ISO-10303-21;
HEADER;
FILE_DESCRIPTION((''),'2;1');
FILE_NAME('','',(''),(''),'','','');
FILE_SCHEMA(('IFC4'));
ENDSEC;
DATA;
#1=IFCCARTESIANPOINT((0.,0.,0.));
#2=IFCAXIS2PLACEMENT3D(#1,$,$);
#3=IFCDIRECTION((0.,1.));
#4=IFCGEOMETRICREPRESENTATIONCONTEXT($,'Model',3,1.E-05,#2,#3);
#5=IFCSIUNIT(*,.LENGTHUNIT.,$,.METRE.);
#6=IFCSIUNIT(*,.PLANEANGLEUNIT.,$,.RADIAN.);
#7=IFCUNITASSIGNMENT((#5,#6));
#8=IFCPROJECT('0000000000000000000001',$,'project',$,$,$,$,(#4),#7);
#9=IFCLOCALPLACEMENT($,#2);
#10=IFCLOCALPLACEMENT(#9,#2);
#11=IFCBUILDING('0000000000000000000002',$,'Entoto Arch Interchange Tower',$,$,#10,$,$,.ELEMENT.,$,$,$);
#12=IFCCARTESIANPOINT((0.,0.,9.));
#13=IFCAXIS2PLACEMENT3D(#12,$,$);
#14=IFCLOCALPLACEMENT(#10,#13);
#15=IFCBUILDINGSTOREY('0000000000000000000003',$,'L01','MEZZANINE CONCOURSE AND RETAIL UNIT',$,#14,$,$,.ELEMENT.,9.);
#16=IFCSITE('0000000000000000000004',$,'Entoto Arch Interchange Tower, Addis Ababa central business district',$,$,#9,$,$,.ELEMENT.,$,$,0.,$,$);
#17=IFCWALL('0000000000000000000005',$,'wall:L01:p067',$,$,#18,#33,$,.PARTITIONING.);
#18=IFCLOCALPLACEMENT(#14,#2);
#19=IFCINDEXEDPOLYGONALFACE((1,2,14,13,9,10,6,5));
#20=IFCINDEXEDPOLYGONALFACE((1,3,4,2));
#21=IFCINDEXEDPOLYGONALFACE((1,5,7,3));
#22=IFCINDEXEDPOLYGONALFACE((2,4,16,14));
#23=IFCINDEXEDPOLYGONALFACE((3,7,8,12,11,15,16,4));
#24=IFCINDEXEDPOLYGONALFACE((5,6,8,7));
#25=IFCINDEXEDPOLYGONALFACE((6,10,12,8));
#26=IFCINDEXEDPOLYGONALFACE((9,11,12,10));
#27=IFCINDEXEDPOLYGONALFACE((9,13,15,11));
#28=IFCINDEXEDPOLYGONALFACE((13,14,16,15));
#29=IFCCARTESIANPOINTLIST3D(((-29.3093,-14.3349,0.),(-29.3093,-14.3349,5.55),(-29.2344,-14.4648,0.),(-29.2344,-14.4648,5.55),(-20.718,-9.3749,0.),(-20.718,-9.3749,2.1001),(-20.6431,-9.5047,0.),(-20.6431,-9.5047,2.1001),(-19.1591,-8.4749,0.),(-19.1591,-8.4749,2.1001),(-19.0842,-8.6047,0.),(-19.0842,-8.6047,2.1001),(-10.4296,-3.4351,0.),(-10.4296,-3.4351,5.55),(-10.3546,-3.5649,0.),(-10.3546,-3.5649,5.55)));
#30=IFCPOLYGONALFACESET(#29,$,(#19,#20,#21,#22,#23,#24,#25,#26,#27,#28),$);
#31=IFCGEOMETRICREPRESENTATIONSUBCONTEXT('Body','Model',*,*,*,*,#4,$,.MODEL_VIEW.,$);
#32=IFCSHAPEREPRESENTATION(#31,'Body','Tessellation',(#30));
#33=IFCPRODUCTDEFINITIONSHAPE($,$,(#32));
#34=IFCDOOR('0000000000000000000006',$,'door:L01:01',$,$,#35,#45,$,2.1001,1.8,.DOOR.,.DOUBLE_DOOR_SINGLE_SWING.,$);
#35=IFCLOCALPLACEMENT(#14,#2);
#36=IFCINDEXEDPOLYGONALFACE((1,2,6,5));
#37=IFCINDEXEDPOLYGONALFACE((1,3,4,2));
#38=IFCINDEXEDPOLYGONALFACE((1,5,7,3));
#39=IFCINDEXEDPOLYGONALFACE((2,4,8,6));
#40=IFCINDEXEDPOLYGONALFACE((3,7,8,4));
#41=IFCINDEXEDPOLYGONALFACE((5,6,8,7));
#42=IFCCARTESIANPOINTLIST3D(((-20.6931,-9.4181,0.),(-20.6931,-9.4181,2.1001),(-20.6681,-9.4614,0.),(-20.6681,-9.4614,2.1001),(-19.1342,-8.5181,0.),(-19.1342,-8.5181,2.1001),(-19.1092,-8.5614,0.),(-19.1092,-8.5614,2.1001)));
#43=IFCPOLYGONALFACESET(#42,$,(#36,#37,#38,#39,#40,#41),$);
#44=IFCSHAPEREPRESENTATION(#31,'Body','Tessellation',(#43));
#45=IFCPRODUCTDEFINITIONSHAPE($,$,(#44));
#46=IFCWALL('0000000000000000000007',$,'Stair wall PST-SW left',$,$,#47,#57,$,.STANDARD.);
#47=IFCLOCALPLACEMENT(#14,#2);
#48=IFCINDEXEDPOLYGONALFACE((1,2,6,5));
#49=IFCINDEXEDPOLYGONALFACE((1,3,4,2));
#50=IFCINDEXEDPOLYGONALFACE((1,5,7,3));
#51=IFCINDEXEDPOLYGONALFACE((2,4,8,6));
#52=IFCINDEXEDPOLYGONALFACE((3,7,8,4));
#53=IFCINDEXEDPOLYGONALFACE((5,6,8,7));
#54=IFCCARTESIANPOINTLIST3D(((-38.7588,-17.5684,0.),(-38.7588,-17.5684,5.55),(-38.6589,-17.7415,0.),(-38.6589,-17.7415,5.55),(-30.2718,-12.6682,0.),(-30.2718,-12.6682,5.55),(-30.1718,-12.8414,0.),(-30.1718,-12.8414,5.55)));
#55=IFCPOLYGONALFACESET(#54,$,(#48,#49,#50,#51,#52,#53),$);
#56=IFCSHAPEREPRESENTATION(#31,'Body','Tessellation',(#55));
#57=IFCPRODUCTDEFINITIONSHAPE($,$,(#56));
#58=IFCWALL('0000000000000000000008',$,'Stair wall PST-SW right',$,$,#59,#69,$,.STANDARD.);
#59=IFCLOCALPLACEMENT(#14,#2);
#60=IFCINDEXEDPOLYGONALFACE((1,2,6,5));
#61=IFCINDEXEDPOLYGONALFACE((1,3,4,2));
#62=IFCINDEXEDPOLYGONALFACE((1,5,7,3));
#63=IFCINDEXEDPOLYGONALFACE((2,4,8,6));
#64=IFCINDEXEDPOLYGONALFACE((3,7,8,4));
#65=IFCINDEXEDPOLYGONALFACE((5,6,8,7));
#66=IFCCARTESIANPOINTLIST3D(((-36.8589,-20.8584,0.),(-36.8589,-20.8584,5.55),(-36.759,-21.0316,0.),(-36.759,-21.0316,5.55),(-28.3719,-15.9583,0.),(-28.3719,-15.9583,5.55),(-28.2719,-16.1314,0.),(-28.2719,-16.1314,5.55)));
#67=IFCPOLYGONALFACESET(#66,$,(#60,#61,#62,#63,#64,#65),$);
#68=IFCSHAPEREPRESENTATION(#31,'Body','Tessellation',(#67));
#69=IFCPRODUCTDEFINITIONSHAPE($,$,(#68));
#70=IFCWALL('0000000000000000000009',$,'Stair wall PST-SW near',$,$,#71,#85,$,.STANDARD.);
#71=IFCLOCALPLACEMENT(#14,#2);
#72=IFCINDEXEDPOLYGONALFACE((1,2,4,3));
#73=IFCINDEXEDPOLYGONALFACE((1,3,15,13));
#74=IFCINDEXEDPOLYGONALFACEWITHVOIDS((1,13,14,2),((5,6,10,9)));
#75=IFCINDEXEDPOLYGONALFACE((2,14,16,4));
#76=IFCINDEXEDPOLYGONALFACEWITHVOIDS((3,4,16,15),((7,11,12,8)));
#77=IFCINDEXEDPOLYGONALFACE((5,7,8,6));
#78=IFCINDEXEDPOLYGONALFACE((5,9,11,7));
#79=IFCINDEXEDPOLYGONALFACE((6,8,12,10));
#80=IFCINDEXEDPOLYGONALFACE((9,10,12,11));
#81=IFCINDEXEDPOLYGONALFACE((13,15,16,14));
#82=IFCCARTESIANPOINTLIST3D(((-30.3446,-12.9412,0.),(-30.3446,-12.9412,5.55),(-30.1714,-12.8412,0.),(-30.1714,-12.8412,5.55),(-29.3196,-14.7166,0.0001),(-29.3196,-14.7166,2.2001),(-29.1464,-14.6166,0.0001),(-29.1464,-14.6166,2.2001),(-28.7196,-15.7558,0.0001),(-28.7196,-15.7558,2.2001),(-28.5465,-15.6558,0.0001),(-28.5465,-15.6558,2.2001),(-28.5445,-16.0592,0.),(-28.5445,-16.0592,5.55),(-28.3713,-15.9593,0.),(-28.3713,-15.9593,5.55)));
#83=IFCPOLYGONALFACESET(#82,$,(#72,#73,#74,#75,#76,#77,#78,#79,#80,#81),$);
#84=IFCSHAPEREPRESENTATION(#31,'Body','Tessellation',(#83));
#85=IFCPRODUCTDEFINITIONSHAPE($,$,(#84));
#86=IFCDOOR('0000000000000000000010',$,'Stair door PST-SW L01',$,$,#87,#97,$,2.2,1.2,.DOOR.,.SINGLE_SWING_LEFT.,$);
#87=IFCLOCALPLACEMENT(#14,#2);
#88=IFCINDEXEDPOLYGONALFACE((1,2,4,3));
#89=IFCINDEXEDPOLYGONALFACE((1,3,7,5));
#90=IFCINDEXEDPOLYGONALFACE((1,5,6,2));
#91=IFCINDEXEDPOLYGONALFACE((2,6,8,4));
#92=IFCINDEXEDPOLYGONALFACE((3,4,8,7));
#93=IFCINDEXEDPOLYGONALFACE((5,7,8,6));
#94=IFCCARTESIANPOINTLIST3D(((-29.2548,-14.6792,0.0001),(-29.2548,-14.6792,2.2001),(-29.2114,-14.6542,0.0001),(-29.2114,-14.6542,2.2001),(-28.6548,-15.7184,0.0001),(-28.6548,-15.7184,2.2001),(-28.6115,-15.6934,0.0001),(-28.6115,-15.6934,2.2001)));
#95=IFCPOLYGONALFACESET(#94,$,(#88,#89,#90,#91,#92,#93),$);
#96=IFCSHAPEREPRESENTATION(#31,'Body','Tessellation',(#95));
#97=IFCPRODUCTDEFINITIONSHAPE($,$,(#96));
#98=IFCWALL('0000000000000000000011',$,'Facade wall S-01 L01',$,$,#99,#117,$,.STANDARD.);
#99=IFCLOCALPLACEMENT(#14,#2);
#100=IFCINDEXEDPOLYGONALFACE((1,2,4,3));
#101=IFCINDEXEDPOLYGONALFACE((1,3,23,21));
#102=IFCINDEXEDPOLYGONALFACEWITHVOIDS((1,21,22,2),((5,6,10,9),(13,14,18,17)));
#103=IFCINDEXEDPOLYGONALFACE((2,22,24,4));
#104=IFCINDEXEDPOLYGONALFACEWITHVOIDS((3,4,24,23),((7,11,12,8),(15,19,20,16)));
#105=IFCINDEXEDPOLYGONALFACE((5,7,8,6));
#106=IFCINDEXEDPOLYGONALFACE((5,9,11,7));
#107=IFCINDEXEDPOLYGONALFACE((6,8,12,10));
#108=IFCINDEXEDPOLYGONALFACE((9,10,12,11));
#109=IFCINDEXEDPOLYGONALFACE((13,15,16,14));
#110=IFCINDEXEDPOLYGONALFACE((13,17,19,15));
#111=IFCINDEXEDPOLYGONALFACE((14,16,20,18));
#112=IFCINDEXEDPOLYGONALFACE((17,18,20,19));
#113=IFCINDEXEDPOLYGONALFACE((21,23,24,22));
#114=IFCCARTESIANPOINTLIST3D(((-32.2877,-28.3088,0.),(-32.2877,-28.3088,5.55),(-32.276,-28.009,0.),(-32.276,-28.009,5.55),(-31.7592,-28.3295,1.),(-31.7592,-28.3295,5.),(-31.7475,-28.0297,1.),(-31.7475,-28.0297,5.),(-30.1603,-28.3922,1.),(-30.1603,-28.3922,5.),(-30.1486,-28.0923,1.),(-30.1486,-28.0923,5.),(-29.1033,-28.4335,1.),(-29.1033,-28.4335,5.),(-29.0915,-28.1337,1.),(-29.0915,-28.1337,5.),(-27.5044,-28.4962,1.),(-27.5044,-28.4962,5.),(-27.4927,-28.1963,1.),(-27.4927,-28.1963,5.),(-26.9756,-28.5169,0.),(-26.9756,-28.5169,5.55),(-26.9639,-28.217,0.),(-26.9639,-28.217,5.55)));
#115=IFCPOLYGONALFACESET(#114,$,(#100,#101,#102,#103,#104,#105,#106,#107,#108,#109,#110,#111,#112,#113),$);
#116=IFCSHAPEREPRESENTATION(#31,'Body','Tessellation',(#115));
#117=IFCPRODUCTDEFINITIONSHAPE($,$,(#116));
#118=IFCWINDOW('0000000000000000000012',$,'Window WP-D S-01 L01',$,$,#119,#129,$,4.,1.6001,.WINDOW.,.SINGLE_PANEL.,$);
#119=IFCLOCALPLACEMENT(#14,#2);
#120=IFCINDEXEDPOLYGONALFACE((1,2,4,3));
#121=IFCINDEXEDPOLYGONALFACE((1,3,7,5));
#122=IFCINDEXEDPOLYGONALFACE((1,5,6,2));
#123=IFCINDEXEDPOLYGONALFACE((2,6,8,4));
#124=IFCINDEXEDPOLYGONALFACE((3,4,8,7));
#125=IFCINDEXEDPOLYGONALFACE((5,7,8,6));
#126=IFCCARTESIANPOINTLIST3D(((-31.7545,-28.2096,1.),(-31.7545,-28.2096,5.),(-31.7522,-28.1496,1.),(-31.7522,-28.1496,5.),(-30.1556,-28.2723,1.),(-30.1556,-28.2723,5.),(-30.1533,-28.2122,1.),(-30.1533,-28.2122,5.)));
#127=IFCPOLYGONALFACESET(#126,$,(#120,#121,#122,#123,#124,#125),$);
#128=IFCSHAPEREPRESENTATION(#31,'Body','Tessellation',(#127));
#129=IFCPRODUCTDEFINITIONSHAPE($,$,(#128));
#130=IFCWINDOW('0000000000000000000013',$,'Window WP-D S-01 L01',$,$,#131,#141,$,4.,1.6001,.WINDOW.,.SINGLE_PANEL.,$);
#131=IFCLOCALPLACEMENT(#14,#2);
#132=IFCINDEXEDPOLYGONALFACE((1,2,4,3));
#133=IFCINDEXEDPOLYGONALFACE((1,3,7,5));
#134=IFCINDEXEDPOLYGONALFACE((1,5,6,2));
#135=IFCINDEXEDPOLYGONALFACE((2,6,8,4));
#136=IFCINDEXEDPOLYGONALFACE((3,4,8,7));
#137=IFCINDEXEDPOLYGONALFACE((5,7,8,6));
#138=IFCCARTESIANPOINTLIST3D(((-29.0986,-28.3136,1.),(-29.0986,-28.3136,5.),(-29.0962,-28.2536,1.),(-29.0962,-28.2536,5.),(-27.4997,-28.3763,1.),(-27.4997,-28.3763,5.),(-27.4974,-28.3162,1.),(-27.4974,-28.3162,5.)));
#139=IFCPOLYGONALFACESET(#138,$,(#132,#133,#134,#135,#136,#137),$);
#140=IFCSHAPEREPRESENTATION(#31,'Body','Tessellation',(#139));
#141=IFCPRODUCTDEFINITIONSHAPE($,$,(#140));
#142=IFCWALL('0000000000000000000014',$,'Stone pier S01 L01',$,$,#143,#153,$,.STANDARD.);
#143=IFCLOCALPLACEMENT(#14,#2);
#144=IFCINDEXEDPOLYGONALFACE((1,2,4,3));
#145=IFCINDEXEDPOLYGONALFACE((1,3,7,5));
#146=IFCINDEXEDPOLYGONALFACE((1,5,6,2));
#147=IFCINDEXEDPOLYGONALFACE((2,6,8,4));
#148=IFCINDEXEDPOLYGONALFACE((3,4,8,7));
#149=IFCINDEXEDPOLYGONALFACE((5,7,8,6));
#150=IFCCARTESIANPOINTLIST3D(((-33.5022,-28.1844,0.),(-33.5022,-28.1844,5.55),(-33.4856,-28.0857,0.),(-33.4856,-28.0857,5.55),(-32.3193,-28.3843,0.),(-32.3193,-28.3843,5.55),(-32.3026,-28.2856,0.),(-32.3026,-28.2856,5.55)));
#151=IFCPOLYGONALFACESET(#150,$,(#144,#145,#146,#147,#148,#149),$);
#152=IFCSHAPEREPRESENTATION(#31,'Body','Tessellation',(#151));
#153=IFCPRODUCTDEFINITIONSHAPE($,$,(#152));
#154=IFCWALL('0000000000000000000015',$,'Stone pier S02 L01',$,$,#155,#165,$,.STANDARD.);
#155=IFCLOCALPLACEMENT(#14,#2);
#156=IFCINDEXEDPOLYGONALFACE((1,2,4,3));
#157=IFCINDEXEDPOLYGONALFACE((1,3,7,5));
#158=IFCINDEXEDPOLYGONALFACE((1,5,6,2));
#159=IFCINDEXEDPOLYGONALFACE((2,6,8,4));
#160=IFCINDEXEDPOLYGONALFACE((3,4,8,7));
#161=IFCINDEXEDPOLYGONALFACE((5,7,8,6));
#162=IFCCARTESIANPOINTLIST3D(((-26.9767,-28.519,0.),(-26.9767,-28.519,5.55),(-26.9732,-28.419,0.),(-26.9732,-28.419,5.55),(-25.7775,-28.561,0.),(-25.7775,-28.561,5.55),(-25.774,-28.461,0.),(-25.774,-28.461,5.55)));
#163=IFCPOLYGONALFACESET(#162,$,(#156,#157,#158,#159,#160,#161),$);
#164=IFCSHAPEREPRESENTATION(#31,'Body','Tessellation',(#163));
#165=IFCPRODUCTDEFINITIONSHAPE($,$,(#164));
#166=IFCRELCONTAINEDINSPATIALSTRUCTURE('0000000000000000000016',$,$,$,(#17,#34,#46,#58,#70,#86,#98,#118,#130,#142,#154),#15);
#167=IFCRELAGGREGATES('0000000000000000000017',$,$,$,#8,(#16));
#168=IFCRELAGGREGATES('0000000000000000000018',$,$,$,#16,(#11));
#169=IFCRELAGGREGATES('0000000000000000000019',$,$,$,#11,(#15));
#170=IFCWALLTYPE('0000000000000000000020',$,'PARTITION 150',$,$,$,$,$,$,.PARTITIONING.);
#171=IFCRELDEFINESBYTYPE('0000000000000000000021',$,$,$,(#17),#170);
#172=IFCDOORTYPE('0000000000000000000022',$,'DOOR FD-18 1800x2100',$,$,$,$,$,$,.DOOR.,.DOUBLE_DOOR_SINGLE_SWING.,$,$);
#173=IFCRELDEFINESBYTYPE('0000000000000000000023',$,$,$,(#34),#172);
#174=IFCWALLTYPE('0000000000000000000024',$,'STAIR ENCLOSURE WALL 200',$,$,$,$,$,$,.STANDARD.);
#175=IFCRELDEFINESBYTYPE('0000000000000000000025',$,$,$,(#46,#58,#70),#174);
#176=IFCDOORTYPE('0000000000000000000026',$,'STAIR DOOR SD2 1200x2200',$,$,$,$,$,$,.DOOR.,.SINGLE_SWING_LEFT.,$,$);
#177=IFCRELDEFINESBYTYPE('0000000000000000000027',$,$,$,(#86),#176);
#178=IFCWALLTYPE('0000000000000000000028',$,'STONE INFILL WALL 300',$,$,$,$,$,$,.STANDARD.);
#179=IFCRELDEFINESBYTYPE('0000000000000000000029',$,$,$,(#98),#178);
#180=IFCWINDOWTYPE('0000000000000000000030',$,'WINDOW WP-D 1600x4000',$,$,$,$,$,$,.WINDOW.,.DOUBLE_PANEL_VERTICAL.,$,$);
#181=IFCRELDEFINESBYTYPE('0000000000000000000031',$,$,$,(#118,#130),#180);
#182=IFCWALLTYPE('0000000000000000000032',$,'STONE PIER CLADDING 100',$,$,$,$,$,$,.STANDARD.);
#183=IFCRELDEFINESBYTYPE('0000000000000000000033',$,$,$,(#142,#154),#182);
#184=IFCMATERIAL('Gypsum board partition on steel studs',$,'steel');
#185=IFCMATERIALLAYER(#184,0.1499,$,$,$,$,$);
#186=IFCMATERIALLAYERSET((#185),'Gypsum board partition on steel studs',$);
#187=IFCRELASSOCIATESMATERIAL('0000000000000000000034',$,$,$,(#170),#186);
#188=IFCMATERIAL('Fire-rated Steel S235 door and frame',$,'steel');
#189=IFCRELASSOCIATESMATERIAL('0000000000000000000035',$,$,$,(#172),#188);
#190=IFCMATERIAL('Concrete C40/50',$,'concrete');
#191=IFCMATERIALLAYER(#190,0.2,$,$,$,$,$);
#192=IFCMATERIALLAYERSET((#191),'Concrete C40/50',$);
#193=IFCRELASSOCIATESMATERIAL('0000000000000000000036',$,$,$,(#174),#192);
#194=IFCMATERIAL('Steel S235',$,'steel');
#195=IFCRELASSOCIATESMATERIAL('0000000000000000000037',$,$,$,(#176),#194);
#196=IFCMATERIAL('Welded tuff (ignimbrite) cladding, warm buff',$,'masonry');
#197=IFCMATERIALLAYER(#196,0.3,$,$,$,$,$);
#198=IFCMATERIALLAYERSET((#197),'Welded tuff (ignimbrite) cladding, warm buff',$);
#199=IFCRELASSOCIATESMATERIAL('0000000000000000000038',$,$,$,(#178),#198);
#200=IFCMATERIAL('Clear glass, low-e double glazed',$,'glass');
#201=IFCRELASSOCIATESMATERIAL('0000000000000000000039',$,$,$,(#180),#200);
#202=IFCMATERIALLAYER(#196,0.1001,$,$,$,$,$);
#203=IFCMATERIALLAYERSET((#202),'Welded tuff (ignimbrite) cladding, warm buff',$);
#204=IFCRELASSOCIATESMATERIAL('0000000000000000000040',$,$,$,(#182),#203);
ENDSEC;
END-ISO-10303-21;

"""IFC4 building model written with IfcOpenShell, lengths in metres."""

from ifc_helpers import new_model, si_unit, direction, frame, frame_2d, origin, place, context, subcontext, project, spatial, rectangle, extrude, material, layer, layer_set, type_object, element, fill, save


model = new_model("IFC4")

# Units and contexts
model_context = context("Model", 3, precision=1e-05, world=origin(), true_north=direction((0.0, 1.0)))
body_context = subcontext(model_context, "Body", "Model", "MODEL_VIEW")
ifc_project = project(units=[si_unit("LENGTHUNIT", "METRE"), si_unit("PLANEANGLEUNIT", "RADIAN")], contexts=[model_context])

# Site, building, storey
site_placement = place(None, origin())
site = spatial("IfcSite", under=ifc_project, at=site_placement, Name="Entoto Arch Interchange Tower, Addis Ababa central business district", CompositionType="ELEMENT", RefElevation=0.0)
building_placement = place(site_placement, origin())
building = spatial("IfcBuilding", under=site, at=building_placement, Name="Entoto Arch Interchange Tower", CompositionType="ELEMENT")
storey_placement = place(building_placement, frame((0.0, 0.0, 9.0)))
storey = spatial("IfcBuildingStorey", under=building, at=storey_placement, Name="L01", Description="MEZZANINE CONCOURSE AND RETAIL UNIT", CompositionType="ELEMENT", Elevation=9.0)

# Shared definitions
ifc_material_1 = material(Name="Gypsum board partition on steel studs", Category="steel")
ifc_layer_1 = layer(ifc_material_1, 0.1499)
ifc_layer_set_1 = layer_set([ifc_layer_1], Name="Gypsum board partition on steel studs")
wall_type_1 = type_object("IfcWallType", Name="PARTITION 150", PredefinedType="PARTITIONING", material=ifc_layer_set_1)

# Wall, opening, door
wall_1_placement = place(storey_placement, frame((-10.3921, -3.5, 0.0), z_axis=(0.0, 0.0, 1.0), x_axis=(-0.866033, -0.499986, 0.0)))
wall_1 = element("IfcWall", 1, at=wall_1_placement, inside=storey, type_object=wall_type_1, Name="wall:L01:p067", PredefinedType="PARTITIONING", context=body_context, shape_type="SweptSolid", body=[
    extrude(rectangle(XDim=21.8003, YDim=0.1499, at=frame_2d((10.9001, 0.0))), origin(), (0.0, 0.0, 1.0), 5.55),
])
opening_1_placement = place(wall_1_placement, frame((10.0801, 0.0, 0.0)))
opening_1 = element("IfcOpeningElement", 2, at=opening_1_placement, cuts=wall_1, PredefinedType="OPENING", context=body_context, shape_type="SweptSolid", body=[
    extrude(rectangle(XDim=1.8, YDim=2.1001, at=frame_2d((0.8999, 1.05))), frame((0.0, 0.085, 0.0), z_axis=(0.0, -1.0, 0.0), x_axis=(1.0, 0.0, 0.0)), (0.0, 0.0, 1.0), 0.1699),
])
ifc_material_2 = material(Name="Fire-rated Steel S235 door and frame", Category="steel")
door_type_1 = type_object("IfcDoorType", Name="DOOR FD-18 1800x2100", OperationType="DOUBLE_DOOR_SINGLE_SWING", PredefinedType="DOOR", material=ifc_material_2)
door_1_placement = place(opening_1_placement, origin())
door_1 = element("IfcDoor", 3, at=door_1_placement, inside=storey, type_object=door_type_1, Name="door:L01:01", OperationType="DOUBLE_DOOR_SINGLE_SWING", OverallHeight=2.1001, OverallWidth=1.8, PredefinedType="DOOR", context=body_context, shape_type="SweptSolid", body=[
    extrude(rectangle(XDim=1.8, YDim=2.1001, at=frame_2d((0.8999, 1.05))), frame((0.0, 0.0249, 0.0), z_axis=(0.0, -1.0, 0.0), x_axis=(1.0, 0.0, 0.0)), (0.0, 0.0, 1.0), 0.05),
])
fill(opening_1, door_1)

# Walls
ifc_material_3 = material(Name="Concrete C40/50", Category="concrete")
ifc_layer_2 = layer(ifc_material_3, 0.2)
ifc_layer_set_2 = layer_set([ifc_layer_2], Name="Concrete C40/50")
wall_type_2 = type_object("IfcWallType", Name="STAIR ENCLOSURE WALL 200", PredefinedType="STANDARD", material=ifc_layer_set_2)
for number, where, z_axis, x_axis, name in (
    (4, (-30.2219, -12.7549, 0.0), (0.0, 0.0, 1.0), (-0.866019, -0.500011, 0.0), "Stair wall PST-SW left"),
    (5, (-28.322, -16.0449, 0.0), (0.0, 0.0, 1.0), (-0.866019, -0.500011, 0.0), "Stair wall PST-SW right"),
):
    element("IfcWall", number, at=place(storey_placement, frame(where, z_axis=z_axis, x_axis=x_axis)), inside=storey, type_object=wall_type_2, Name=name, PredefinedType="STANDARD", context=body_context, shape_type="SweptSolid", body=[
        extrude(rectangle(XDim=9.8, YDim=0.2, at=frame_2d((4.8999, 0.0))), origin(), (0.0, 0.0, 1.0), 5.55),
    ])

# Wall, opening, door
wall_2_placement = place(storey_placement, frame((-30.2581, -12.8911, 0.0), z_axis=(0.0, 0.0, 1.0), x_axis=(0.499983, -0.866035, 0.0)))
wall_2 = element("IfcWall", 6, at=wall_2_placement, inside=storey, type_object=wall_type_2, Name="Stair wall PST-SW near", PredefinedType="STANDARD", context=body_context, shape_type="SweptSolid", body=[
    extrude(rectangle(XDim=3.6003, YDim=0.2, at=frame_2d((1.8003, 0.0))), origin(), (0.0, 0.0, 1.0), 5.55),
])
opening_2_placement = place(wall_2_placement, frame((2.05, 0.0, 0.0)))
opening_2 = element("IfcOpeningElement", 7, at=opening_2_placement, cuts=wall_2, PredefinedType="OPENING", context=body_context, shape_type="SweptSolid", body=[
    extrude(rectangle(XDim=1.2, YDim=2.2, at=frame_2d((0.6001, 1.1001))), frame((0.0, 0.1099, 0.0), z_axis=(0.0, -1.0, 0.0), x_axis=(1.0, 0.0, 0.0)), (0.0, 0.0, 1.0), 0.22),
])
ifc_material_4 = material(Name="Steel S235", Category="steel")
door_type_2 = type_object("IfcDoorType", Name="STAIR DOOR SD2 1200x2200", OperationType="SINGLE_SWING_LEFT", PredefinedType="DOOR", material=ifc_material_4)
door_2_placement = place(opening_2_placement, origin())
door_2 = element("IfcDoor", 8, at=door_2_placement, inside=storey, type_object=door_type_2, Name="Stair door PST-SW L01", OperationType="SINGLE_SWING_LEFT", OverallHeight=2.2, OverallWidth=1.2, PredefinedType="DOOR", context=body_context, shape_type="SweptSolid", body=[
    extrude(rectangle(XDim=1.2, YDim=2.2, at=frame_2d((0.6001, 1.1001))), frame((0.0, 0.0249, 0.0), z_axis=(0.0, -1.0, 0.0), x_axis=(1.0, 0.0, 0.0)), (0.0, 0.0, 1.0), 0.05),
])
fill(opening_2, door_2)

# Wall, openings, windows
ifc_material_5 = material(Name="Welded tuff (ignimbrite) cladding, warm buff", Category="masonry")
ifc_layer_3 = layer(ifc_material_5, 0.3)
ifc_layer_set_3 = layer_set([ifc_layer_3], Name="Welded tuff (ignimbrite) cladding, warm buff")
wall_type_3 = type_object("IfcWallType", Name="STONE INFILL WALL 300", PredefinedType="STANDARD", material=ifc_layer_set_3)
wall_3_placement = place(storey_placement, frame((-32.282, -28.1589, 0.0), z_axis=(0.0, 0.0, 1.0), x_axis=(0.999234, -0.039128, 0.0)))
wall_3 = element("IfcWall", 9, at=wall_3_placement, inside=storey, type_object=wall_type_3, Name="Facade wall S-01 L01", PredefinedType="STANDARD", context=body_context, shape_type="SweptSolid", body=[
    extrude(rectangle(XDim=5.3162, YDim=0.3, at=frame_2d((2.6582, 0.0))), origin(), (0.0, 0.0, 1.0), 5.55),
])
opening_3_placement = place(wall_3_placement, frame((0.5291, 0.0, 1.0)))
opening_3 = element("IfcOpeningElement", 10, at=opening_3_placement, cuts=wall_3, PredefinedType="OPENING", context=body_context, shape_type="SweptSolid", body=[
    extrude(rectangle(XDim=1.6001, YDim=4.0, at=frame_2d((0.8, 2.0))), frame((0.0, 0.1602, 0.0), z_axis=(0.0, -1.0, 0.0), x_axis=(1.0, 0.0, 0.0)), (0.0, 0.0, 1.0), 0.3201),
])
opening_4_placement = place(wall_3_placement, frame((3.187, 0.0, 1.0)))
opening_4 = element("IfcOpeningElement", 11, at=opening_4_placement, cuts=wall_3, PredefinedType="OPENING", context=body_context, shape_type="SweptSolid", body=[
    extrude(rectangle(XDim=1.6001, YDim=4.0, at=frame_2d((0.8, 2.0))), frame((0.0, 0.1602, 0.0), z_axis=(0.0, -1.0, 0.0), x_axis=(1.0, 0.0, 0.0)), (0.0, 0.0, 1.0), 0.3201),
])
ifc_material_6 = material(Name="Clear glass, low-e double glazed", Category="glass")
window_type = type_object("IfcWindowType", Name="WINDOW WP-D 1600x4000", PartitioningType="DOUBLE_PANEL_VERTICAL", PredefinedType="WINDOW", material=ifc_material_6)
window_1_placement = place(opening_3_placement, origin())
window_1 = element("IfcWindow", 12, at=window_1_placement, inside=storey, type_object=window_type, Name="Window WP-D S-01 L01", OverallHeight=4.0, OverallWidth=1.6001, PartitioningType="SINGLE_PANEL", PredefinedType="WINDOW", context=body_context, shape_type="SweptSolid", body=[
    extrude(rectangle(XDim=1.6001, YDim=4.0, at=frame_2d((0.8, 2.0))), frame((0.0, 0.03, 0.0), z_axis=(0.0, -1.0, 0.0), x_axis=(1.0, 0.0, 0.0)), (0.0, 0.0, 1.0), 0.0601),
])
fill(opening_3, window_1)
window_2_placement = place(opening_4_placement, origin())
window_2 = element("IfcWindow", 13, at=window_2_placement, inside=storey, type_object=window_type, Name="Window WP-D S-01 L01", OverallHeight=4.0, OverallWidth=1.6001, PartitioningType="SINGLE_PANEL", PredefinedType="WINDOW", context=body_context, shape_type="SweptSolid", body=[
    extrude(rectangle(XDim=1.6001, YDim=4.0, at=frame_2d((0.8, 2.0))), frame((0.0, 0.03, 0.0), z_axis=(0.0, -1.0, 0.0), x_axis=(1.0, 0.0, 0.0)), (0.0, 0.0, 1.0), 0.0601),
])
fill(opening_4, window_2)

# Walls
ifc_layer_4 = layer(ifc_material_5, 0.1001)
ifc_layer_set_4 = layer_set([ifc_layer_4], Name="Welded tuff (ignimbrite) cladding, warm buff")
wall_type_4 = type_object("IfcWallType", Name="STONE PIER CLADDING 100", PredefinedType="STANDARD", material=ifc_layer_set_4)
wall_4_placement = place(storey_placement, frame((-33.4939, -28.135, 0.0), z_axis=(0.0, 0.0, 1.0), x_axis=(0.986012, -0.166676, 0.0)))
element("IfcWall", 14, at=wall_4_placement, inside=storey, type_object=wall_type_4, Name="Stone pier S01 L01", PredefinedType="STANDARD", context=body_context, shape_type="SweptSolid", body=[
    extrude(rectangle(XDim=1.1997, YDim=0.1001, at=frame_2d((0.5999, 0.0))), origin(), (0.0, 0.0, 1.0), 5.55),
])
wall_5_placement = place(storey_placement, frame((-26.9751, -28.469, 0.0), z_axis=(0.0, 0.0, 1.0), x_axis=(0.999387, -0.034995, 0.0)))
element("IfcWall", 15, at=wall_5_placement, inside=storey, type_object=wall_type_4, Name="Stone pier S02 L01", PredefinedType="STANDARD", context=body_context, shape_type="SweptSolid", body=[
    extrude(rectangle(XDim=1.2, YDim=0.1001, at=frame_2d((0.6001, 0.0))), origin(), (0.0, 0.0, 1.0), 5.55),
])

save(model, "model.ifc")
